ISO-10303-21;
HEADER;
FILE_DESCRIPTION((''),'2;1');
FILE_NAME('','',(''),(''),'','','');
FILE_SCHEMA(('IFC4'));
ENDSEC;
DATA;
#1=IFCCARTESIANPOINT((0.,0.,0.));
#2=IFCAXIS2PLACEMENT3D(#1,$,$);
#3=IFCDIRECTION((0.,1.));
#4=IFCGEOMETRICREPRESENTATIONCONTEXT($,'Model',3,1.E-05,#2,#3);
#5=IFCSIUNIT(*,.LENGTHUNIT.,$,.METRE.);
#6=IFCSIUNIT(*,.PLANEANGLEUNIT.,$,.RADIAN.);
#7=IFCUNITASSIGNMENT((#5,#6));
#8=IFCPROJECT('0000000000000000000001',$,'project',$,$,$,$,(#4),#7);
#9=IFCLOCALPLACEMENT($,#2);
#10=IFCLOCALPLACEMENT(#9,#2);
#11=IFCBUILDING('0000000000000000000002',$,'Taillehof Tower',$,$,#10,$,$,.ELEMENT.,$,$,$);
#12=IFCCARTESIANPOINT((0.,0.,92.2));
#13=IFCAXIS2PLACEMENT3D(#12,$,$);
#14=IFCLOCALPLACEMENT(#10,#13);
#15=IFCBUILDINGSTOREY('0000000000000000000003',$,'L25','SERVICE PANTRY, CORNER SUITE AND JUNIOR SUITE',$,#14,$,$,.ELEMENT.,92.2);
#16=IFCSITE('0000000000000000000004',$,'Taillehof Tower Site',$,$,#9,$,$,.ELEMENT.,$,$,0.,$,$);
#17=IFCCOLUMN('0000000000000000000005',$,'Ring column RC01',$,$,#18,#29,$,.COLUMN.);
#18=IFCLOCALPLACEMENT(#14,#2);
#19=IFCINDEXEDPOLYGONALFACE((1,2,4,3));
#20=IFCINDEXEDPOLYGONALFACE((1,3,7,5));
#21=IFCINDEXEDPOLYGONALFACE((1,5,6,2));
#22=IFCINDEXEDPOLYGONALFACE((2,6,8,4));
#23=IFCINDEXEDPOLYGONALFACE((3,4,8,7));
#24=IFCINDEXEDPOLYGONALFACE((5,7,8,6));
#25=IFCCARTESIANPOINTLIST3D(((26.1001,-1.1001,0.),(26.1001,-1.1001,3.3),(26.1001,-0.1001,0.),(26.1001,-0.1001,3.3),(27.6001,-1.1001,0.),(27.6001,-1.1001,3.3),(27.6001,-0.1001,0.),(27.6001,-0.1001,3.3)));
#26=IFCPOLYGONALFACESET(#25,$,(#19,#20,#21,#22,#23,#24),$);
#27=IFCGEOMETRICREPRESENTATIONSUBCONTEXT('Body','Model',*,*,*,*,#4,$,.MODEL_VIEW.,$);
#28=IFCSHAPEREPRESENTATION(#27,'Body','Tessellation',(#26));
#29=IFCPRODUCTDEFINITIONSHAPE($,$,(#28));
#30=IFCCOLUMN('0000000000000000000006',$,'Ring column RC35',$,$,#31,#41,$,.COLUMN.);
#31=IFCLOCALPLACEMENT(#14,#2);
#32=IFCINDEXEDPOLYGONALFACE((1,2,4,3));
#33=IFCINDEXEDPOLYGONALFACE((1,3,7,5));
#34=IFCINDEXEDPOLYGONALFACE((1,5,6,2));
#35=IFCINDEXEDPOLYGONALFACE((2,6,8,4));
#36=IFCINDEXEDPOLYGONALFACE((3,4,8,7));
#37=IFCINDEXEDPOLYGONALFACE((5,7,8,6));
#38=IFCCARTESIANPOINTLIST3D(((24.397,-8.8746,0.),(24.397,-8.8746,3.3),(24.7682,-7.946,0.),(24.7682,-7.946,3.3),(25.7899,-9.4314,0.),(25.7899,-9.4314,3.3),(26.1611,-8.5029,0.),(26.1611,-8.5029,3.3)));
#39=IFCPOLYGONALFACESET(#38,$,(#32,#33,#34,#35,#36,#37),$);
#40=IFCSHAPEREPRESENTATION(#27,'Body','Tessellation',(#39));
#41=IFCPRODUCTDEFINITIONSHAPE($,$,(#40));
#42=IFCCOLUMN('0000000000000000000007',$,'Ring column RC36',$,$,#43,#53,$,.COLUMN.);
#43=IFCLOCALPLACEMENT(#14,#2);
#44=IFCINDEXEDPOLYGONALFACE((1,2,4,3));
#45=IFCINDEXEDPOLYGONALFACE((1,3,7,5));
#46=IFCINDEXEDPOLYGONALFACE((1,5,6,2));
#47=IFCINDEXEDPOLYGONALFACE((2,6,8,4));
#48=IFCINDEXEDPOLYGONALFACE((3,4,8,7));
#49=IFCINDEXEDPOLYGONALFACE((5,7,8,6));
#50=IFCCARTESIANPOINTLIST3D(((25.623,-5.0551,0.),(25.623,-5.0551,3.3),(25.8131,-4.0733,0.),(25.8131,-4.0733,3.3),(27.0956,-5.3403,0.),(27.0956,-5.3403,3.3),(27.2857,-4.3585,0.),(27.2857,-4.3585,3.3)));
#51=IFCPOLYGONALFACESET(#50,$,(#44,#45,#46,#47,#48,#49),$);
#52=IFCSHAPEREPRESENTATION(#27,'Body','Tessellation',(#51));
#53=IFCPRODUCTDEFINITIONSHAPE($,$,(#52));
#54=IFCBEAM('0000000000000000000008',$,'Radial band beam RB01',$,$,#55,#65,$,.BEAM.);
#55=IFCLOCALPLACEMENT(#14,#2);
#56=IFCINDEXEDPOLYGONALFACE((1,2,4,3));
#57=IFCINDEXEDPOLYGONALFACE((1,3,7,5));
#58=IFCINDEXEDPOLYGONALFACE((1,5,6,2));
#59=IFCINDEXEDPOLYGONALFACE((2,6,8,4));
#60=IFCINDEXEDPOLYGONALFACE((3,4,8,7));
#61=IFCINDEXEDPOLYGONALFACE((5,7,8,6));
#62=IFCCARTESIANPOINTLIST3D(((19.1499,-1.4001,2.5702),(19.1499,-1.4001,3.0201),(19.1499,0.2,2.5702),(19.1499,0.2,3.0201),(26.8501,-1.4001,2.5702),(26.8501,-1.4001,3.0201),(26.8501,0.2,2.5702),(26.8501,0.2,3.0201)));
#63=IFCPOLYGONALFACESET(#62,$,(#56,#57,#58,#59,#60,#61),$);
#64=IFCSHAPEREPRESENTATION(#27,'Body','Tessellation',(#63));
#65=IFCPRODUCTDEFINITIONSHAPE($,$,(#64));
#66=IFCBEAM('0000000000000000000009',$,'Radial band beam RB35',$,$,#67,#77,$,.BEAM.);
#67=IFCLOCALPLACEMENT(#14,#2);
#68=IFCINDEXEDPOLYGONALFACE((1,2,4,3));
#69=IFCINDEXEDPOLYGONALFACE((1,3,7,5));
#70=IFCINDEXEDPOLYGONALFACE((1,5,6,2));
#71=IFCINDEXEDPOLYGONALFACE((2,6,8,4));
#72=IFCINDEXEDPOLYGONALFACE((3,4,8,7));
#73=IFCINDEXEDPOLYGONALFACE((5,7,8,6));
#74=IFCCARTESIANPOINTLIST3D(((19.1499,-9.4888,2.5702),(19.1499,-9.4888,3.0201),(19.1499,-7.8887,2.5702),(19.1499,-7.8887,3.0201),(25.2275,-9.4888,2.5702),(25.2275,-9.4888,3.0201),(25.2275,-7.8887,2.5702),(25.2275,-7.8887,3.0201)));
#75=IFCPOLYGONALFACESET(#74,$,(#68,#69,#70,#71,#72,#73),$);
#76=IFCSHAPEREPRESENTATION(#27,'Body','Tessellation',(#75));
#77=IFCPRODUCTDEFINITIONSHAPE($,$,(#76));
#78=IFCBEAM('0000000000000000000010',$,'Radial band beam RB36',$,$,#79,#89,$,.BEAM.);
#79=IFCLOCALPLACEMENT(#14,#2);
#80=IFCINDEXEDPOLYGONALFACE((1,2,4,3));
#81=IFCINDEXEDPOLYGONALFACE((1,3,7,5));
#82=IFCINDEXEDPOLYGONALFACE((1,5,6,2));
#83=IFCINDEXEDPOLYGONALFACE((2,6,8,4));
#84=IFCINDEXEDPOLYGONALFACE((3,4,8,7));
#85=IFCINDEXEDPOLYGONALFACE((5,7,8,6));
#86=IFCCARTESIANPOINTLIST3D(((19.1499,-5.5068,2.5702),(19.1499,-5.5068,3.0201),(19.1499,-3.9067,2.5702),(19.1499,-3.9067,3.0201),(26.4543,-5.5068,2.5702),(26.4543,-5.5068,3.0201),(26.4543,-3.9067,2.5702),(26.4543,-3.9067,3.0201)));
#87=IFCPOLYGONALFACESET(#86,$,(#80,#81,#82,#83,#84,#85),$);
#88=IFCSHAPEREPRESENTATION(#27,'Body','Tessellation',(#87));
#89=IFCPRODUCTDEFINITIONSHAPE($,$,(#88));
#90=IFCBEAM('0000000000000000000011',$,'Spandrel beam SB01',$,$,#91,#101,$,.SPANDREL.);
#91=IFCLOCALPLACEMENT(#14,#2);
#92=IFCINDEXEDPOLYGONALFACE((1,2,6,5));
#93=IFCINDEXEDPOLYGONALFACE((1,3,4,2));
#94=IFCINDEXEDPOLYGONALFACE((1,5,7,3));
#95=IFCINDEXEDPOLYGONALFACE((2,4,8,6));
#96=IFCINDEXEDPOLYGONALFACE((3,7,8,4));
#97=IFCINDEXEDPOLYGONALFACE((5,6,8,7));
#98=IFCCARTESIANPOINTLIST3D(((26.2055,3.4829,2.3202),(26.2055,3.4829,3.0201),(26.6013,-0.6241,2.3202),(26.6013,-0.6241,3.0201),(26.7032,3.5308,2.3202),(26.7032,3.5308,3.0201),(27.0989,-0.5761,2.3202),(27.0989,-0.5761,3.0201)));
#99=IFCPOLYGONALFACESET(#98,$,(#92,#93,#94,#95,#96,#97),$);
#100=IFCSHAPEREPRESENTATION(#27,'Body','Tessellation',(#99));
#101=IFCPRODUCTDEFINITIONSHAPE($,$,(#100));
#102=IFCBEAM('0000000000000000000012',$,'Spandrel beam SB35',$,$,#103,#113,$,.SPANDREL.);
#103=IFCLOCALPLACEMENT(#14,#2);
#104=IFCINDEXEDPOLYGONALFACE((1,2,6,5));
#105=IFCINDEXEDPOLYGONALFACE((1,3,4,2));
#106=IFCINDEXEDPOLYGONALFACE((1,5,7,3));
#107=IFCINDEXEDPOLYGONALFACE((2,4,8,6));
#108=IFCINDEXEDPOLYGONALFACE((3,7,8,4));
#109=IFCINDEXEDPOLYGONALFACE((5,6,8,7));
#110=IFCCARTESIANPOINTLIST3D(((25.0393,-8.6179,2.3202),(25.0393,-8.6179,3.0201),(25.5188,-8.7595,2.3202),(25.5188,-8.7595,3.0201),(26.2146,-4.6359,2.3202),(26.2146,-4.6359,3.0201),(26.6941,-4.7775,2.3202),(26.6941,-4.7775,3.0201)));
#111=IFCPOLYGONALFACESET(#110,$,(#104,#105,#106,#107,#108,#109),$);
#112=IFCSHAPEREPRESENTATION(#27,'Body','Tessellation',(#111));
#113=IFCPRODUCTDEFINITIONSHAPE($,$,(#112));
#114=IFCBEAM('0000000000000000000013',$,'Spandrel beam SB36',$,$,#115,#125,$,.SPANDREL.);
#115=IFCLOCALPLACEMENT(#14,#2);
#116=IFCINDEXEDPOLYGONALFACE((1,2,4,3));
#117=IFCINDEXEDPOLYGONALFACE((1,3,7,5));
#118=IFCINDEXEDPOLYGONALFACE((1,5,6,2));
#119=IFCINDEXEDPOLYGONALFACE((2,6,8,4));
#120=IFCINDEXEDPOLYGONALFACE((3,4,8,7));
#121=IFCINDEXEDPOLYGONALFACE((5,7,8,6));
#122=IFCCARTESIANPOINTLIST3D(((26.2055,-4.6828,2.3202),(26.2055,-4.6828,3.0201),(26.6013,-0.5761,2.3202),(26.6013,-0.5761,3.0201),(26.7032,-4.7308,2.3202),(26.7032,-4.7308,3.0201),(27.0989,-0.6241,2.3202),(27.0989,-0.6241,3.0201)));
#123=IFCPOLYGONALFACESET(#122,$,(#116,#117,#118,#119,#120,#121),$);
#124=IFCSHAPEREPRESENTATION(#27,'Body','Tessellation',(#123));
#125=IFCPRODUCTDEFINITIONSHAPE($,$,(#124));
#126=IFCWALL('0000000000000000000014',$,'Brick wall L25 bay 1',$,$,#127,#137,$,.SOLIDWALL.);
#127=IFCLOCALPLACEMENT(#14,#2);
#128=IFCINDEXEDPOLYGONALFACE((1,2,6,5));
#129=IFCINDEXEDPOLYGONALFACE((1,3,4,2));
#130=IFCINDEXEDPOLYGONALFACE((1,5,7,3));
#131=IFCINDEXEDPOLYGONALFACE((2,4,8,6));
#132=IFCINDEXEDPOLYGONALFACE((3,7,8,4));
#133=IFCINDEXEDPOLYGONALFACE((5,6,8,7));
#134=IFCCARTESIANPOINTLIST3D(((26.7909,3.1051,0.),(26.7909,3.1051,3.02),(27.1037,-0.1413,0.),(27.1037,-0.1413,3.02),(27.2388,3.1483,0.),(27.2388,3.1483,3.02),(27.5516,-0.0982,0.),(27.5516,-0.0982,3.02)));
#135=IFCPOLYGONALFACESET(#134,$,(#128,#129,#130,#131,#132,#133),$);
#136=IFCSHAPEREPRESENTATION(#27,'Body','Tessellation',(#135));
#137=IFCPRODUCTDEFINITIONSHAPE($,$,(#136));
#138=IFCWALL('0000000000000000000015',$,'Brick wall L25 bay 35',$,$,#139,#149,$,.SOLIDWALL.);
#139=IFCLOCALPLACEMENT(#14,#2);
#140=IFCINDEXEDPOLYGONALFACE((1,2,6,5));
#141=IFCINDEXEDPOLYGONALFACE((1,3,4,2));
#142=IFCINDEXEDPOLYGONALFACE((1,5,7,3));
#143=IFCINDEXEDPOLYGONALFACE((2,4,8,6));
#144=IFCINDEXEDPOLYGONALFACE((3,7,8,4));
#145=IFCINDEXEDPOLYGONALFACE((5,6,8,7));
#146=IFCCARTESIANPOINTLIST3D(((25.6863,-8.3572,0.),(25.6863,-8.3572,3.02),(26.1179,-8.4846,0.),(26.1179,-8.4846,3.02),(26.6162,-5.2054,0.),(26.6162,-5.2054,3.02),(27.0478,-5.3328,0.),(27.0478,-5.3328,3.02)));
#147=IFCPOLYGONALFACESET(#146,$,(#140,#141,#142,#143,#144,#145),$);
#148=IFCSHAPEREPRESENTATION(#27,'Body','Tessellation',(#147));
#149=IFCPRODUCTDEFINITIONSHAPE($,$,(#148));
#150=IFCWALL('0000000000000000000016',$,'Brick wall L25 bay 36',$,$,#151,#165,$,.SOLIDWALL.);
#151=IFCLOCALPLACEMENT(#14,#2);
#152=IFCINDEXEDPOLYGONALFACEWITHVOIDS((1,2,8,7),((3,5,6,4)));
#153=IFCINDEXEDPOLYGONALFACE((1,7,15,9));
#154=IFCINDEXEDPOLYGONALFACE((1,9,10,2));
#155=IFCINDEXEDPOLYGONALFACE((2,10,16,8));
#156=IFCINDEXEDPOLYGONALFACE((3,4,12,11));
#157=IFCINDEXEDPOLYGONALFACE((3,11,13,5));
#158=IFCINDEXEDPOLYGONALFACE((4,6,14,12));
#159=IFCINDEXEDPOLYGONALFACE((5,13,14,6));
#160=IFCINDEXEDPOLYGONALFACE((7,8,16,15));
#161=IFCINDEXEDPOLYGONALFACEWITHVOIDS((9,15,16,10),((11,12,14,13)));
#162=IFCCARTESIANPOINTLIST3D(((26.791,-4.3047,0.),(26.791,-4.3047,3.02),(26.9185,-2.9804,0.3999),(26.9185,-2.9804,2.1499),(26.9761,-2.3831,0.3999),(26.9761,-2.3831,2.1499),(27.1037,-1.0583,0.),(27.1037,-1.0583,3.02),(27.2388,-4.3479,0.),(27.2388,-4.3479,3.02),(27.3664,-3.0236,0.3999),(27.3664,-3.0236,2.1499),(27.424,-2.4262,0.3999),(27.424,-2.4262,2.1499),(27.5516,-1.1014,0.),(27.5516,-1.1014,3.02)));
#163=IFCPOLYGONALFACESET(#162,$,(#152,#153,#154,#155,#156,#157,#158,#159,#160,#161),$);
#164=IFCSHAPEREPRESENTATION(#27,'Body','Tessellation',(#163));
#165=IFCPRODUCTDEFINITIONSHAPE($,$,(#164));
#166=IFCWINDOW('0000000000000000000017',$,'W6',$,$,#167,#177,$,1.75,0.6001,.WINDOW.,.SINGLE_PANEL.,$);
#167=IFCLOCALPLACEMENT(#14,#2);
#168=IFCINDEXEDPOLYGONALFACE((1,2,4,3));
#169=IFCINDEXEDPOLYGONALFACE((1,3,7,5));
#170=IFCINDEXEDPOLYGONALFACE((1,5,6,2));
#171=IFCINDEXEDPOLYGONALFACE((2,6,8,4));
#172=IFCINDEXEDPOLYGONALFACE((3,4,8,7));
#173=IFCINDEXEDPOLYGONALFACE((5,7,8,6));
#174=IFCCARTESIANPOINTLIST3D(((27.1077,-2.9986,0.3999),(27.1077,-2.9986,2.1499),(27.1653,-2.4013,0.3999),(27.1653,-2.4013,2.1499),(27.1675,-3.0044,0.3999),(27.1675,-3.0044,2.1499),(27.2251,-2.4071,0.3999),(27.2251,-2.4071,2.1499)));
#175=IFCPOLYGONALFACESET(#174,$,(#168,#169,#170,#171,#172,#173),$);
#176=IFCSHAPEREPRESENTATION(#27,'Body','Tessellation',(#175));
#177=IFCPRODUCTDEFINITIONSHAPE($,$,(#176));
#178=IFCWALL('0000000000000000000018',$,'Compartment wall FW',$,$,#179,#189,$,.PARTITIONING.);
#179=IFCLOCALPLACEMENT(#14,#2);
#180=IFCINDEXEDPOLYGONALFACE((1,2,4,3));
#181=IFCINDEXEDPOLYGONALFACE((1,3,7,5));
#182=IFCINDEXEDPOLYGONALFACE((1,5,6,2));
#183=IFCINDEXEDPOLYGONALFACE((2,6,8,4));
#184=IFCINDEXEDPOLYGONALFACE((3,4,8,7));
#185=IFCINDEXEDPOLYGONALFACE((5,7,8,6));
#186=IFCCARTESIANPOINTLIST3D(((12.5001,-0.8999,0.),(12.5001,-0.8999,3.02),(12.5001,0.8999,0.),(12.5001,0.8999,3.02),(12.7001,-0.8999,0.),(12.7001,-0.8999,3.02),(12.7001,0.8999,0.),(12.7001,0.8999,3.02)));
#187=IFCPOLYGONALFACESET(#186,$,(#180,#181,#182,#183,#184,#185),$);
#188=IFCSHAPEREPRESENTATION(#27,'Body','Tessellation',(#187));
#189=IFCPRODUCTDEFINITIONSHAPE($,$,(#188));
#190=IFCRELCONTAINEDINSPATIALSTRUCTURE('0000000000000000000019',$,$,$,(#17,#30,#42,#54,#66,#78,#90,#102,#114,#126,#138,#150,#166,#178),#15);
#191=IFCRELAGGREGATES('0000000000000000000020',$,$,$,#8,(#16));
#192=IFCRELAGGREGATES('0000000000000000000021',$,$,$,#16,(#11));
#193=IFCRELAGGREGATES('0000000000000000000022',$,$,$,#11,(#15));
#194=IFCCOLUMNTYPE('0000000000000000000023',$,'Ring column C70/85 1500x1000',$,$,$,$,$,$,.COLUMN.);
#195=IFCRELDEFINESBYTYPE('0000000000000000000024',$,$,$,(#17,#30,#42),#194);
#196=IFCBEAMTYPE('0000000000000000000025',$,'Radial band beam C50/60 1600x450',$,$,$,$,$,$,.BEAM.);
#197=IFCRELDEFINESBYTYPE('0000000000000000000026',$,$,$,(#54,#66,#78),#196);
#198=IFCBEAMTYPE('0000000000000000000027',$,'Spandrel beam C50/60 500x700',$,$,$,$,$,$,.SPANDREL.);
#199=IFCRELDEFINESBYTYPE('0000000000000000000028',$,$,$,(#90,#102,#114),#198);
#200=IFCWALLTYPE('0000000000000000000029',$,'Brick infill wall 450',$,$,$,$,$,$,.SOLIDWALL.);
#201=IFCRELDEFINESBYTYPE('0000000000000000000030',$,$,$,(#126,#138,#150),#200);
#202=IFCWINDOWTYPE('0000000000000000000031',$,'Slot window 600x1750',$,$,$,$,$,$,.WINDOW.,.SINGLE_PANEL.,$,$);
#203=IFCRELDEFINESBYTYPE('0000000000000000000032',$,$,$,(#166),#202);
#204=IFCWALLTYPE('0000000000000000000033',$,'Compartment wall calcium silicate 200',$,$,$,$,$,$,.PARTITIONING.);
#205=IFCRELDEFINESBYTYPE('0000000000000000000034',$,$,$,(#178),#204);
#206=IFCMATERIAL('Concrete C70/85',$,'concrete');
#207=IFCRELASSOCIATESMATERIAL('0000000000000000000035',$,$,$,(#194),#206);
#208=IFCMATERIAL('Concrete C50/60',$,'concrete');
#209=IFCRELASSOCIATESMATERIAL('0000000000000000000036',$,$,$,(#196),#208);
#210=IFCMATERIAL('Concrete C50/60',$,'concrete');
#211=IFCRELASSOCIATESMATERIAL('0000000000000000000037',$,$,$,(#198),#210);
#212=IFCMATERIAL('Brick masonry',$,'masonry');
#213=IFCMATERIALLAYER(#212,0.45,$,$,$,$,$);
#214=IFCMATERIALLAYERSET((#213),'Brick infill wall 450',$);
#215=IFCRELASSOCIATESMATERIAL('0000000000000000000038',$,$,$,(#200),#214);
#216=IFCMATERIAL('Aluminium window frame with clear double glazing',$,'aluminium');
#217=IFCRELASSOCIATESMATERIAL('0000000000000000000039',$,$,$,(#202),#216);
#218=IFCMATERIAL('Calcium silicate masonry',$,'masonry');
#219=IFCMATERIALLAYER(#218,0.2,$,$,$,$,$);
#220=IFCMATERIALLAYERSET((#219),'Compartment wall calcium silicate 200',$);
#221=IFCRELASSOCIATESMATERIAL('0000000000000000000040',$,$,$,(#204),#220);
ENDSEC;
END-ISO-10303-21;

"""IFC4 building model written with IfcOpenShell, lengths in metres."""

from ifc_helpers import new_model, si_unit, direction, frame, frame_2d, origin, origin_2d, place, context, subcontext, project, spatial, rectangle, extrude, material, layer, layer_set, material_profile, profile_set, type_object, element, fill, save


model = new_model("IFC4")

# Units and contexts
model_context = context("Model", 3, precision=1e-05, world=origin(), true_north=direction((0.0, 1.0)))
body_context = subcontext(model_context, "Body", "Model", "MODEL_VIEW")
ifc_project = project(units=[si_unit("LENGTHUNIT", "METRE"), si_unit("PLANEANGLEUNIT", "RADIAN")], contexts=[model_context])

# Site, building, storey
site_placement = place(None, origin())
site = spatial("IfcSite", under=ifc_project, at=site_placement, Name="Taillehof Tower Site", CompositionType="ELEMENT", RefElevation=0.0)
building_placement = place(site_placement, origin())
building = spatial("IfcBuilding", under=site, at=building_placement, Name="Taillehof Tower", CompositionType="ELEMENT")
storey_placement = place(building_placement, frame((0.0, 0.0, 92.2)))
storey = spatial("IfcBuildingStorey", under=building, at=storey_placement, Name="L25", Description="SERVICE PANTRY, CORNER SUITE AND JUNIOR SUITE", CompositionType="ELEMENT", Elevation=92.2)

# Columns
ifc_material_1 = material(Name="Concrete C70/85", Category="concrete")
ifc_material_profile_1 = material_profile(ifc_material_1, rectangle(XDim=1.5, YDim=1.0, at=origin_2d()), Name="RC 1500x1000")
ifc_profile_set_1 = profile_set([ifc_material_profile_1], Name="Concrete C70/85")
column_type = type_object("IfcColumnType", Name="Ring column C70/85 1500x1000", PredefinedType="COLUMN", material=ifc_profile_set_1)
for number, where, z_axis, x_axis, name in (
    (1, (26.8501, -0.6001, 0.0), (0.0, 0.0, 1.0), (1.0, 0.0, 0.0), "Ring column RC01"),
    (2, (25.2791, -8.6887, 0.0), (0.0, 0.0, 1.0), (0.92855, -0.371207, 0.0), "Ring column RC35"),
    (3, (26.4543, -4.7068, 0.0), (0.0, 0.0, 1.0), (0.981757, -0.190138, 0.0), "Ring column RC36"),
):
    element("IfcColumn", number, at=place(storey_placement, frame(where, z_axis=z_axis, x_axis=x_axis)), inside=storey, type_object=column_type, Name=name, PredefinedType="COLUMN", context=body_context, shape_type="SweptSolid", body=[
        extrude(rectangle(XDim=1.5, YDim=1.0, at=origin_2d()), origin(), (0.0, 0.0, 1.0), 3.3),
    ])

# Beams
ifc_material_2 = material(Name="Concrete C50/60", Category="concrete")
ifc_material_profile_2 = material_profile(ifc_material_2, rectangle(XDim=1.6001, YDim=0.45, at=origin_2d()), Name="RC 1600x450")
ifc_profile_set_2 = profile_set([ifc_material_profile_2], Name="Concrete C50/60")
beam_type_1 = type_object("IfcBeamType", Name="Radial band beam C50/60 1600x450", PredefinedType="BEAM", material=ifc_profile_set_2)
beam_1_placement = place(storey_placement, frame((26.8501, -0.6001, 2.7952), z_axis=(-1.0, 0.0, 0.0), x_axis=(0.0, -1.0, 0.0)))
element("IfcBeam", 4, at=beam_1_placement, inside=storey, type_object=beam_type_1, Name="Radial band beam RB01", PredefinedType="BEAM", context=body_context, shape_type="SweptSolid", body=[
    extrude(rectangle(XDim=1.6001, YDim=0.45, at=origin_2d()), origin(), (0.0, 0.0, 1.0), 7.7002),
])
beam_2_placement = place(storey_placement, frame((25.2275, -8.6887, 2.7952), z_axis=(-1.0, 0.0, 0.0), x_axis=(0.0, -1.0, 0.0)))
element("IfcBeam", 5, at=beam_2_placement, inside=storey, type_object=beam_type_1, Name="Radial band beam RB35", PredefinedType="BEAM", context=body_context, shape_type="SweptSolid", body=[
    extrude(rectangle(XDim=1.6001, YDim=0.45, at=origin_2d()), origin(), (0.0, 0.0, 1.0), 6.0776),
])
beam_3_placement = place(storey_placement, frame((26.4543, -4.7068, 2.7952), z_axis=(-1.0, 0.0, 0.0), x_axis=(0.0, -1.0, 0.0)))
element("IfcBeam", 6, at=beam_3_placement, inside=storey, type_object=beam_type_1, Name="Radial band beam RB36", PredefinedType="BEAM", context=body_context, shape_type="SweptSolid", body=[
    extrude(rectangle(XDim=1.6001, YDim=0.45, at=origin_2d()), origin(), (0.0, 0.0, 1.0), 7.3044),
])
ifc_material_3 = material(Name="Concrete C50/60", Category="concrete")
ifc_material_profile_3 = material_profile(ifc_material_3, rectangle(XDim=0.5, YDim=0.7, at=origin_2d()), Name="RC 500x700")
ifc_profile_set_3 = profile_set([ifc_material_profile_3], Name="Concrete C50/60")
beam_type_2 = type_object("IfcBeamType", Name="Spandrel beam C50/60 500x700", PredefinedType="SPANDREL", material=ifc_profile_set_3)
beam_4_placement = place(storey_placement, frame((26.8501, -0.6001, 2.6702), z_axis=(-0.095918, 0.995389, 0.0), x_axis=(-0.995389, -0.095918, 0.0)))
element("IfcBeam", 7, at=beam_4_placement, inside=storey, type_object=beam_type_2, Name="Spandrel beam SB01", PredefinedType="SPANDREL", context=body_context, shape_type="SweptSolid", body=[
    extrude(rectangle(XDim=0.5, YDim=0.7, at=origin_2d()), origin(), (0.0, 0.0, 1.0), 4.126),
])
beam_5_placement = place(storey_placement, frame((25.2791, -8.6887, 2.6702), z_axis=(0.283083, 0.959095, 0.0), x_axis=(-0.959095, 0.283083, 0.0)))
element("IfcBeam", 8, at=beam_5_placement, inside=storey, type_object=beam_type_2, Name="Spandrel beam SB35", PredefinedType="SPANDREL", context=body_context, shape_type="SweptSolid", body=[
    extrude(rectangle(XDim=0.5, YDim=0.7, at=origin_2d()), origin(), (0.0, 0.0, 1.0), 4.1519),
])
beam_6_placement = place(storey_placement, frame((26.4543, -4.7068, 2.6702), z_axis=(0.095923, 0.995389, 0.0), x_axis=(-0.995389, 0.095923, 0.0)))
element("IfcBeam", 9, at=beam_6_placement, inside=storey, type_object=beam_type_2, Name="Spandrel beam SB36", PredefinedType="SPANDREL", context=body_context, shape_type="SweptSolid", body=[
    extrude(rectangle(XDim=0.5, YDim=0.7, at=origin_2d()), origin(), (0.0, 0.0, 1.0), 4.1257),
])

# Walls
ifc_material_4 = material(Name="Brick masonry", Category="masonry")
ifc_layer_1 = layer(ifc_material_4, 0.45)
ifc_layer_set_1 = layer_set([ifc_layer_1], Name="Brick infill wall 450")
wall_type_1 = type_object("IfcWallType", Name="Brick infill wall 450", PredefinedType="SOLIDWALL", material=ifc_layer_set_1)
wall_1_placement = place(storey_placement, frame((27.3276, -0.1199, 0.0), z_axis=(0.0, 0.0, 1.0), x_axis=(-0.095894, 0.995392, 0.0)))
element("IfcWall", 10, at=wall_1_placement, inside=storey, type_object=wall_type_1, Name="Brick wall L25 bay 1", PredefinedType="SOLIDWALL", context=body_context, shape_type="SweptSolid", body=[
    extrude(rectangle(XDim=3.2615, YDim=0.45, at=frame_2d((1.6309, 0.0))), origin(), (0.0, 0.0, 1.0), 3.02),
])
wall_2_placement = place(storey_placement, frame((25.9021, -8.4209, 0.0), z_axis=(0.0, 0.0, 1.0), x_axis=(0.282983, 0.959125, 0.0)))
element("IfcWall", 11, at=wall_2_placement, inside=storey, type_object=wall_type_1, Name="Brick wall L25 bay 35", PredefinedType="SOLIDWALL", context=body_context, shape_type="SweptSolid", body=[
    extrude(rectangle(XDim=3.2861, YDim=0.45, at=frame_2d((1.6431, 0.0))), origin(), (0.0, 0.0, 1.0), 3.02),
])

# Wall, opening, window
wall_3_placement = place(storey_placement, frame((27.0149, -4.3264, 0.0), z_axis=(0.0, 0.0, 1.0), x_axis=(0.095894, 0.995392, 0.0)))
wall_3 = element("IfcWall", 12, at=wall_3_placement, inside=storey, type_object=wall_type_1, Name="Brick wall L25 bay 36", PredefinedType="SOLIDWALL", context=body_context, shape_type="SweptSolid", body=[
    extrude(rectangle(XDim=3.2615, YDim=0.45, at=frame_2d((1.6309, 0.0))), origin(), (0.0, 0.0, 1.0), 3.02),
])
opening_1_placement = place(wall_3_placement, frame((1.3306, 0.0, 0.3999)))
opening_1 = element("IfcOpeningElement", 13, at=opening_1_placement, cuts=wall_3, PredefinedType="OPENING", context=body_context, shape_type="SweptSolid", body=[
    extrude(rectangle(XDim=0.6001, YDim=1.75, at=frame_2d((0.3, 0.875))), frame((0.0, 0.2349, 0.0), z_axis=(0.0, -1.0, 0.0), x_axis=(1.0, 0.0, 0.0)), (0.0, 0.0, 1.0), 0.47),
])
ifc_material_5 = material(Name="Aluminium window frame with clear double glazing", Category="aluminium")
window_type = type_object("IfcWindowType", Name="Slot window 600x1750", PartitioningType="SINGLE_PANEL", PredefinedType="WINDOW", material=ifc_material_5)
window_placement = place(opening_1_placement, origin())
window = element("IfcWindow", 14, at=window_placement, inside=storey, type_object=window_type, Name="W6", OverallHeight=1.75, OverallWidth=0.6001, PartitioningType="SINGLE_PANEL", PredefinedType="WINDOW", context=body_context, shape_type="SweptSolid", body=[
    extrude(rectangle(XDim=0.6001, YDim=1.75, at=frame_2d((0.3, 0.875))), frame((0.0, 0.0349, 0.0), z_axis=(0.0, -1.0, 0.0), x_axis=(1.0, 0.0, 0.0)), (0.0, 0.0, 1.0), 0.0601),
])
fill(opening_1, window)

# Wall
ifc_material_6 = material(Name="Calcium silicate masonry", Category="masonry")
ifc_layer_2 = layer(ifc_material_6, 0.2)
ifc_layer_set_2 = layer_set([ifc_layer_2], Name="Compartment wall calcium silicate 200")
wall_type_2 = type_object("IfcWallType", Name="Compartment wall calcium silicate 200", PredefinedType="PARTITIONING", material=ifc_layer_set_2)
wall_4_placement = place(storey_placement, frame((12.6001, -0.8999, 0.0), z_axis=(0.0, 0.0, 1.0), x_axis=(0.0, 1.0, 0.0)))
element("IfcWall", 15, at=wall_4_placement, inside=storey, type_object=wall_type_2, Name="Compartment wall FW", PredefinedType="PARTITIONING", context=body_context, shape_type="SweptSolid", body=[
    extrude(rectangle(XDim=1.7998, YDim=0.2, at=frame_2d((0.8999, 0.0))), origin(), (0.0, 0.0, 1.0), 3.02),
])

save(model, "model.ifc")
